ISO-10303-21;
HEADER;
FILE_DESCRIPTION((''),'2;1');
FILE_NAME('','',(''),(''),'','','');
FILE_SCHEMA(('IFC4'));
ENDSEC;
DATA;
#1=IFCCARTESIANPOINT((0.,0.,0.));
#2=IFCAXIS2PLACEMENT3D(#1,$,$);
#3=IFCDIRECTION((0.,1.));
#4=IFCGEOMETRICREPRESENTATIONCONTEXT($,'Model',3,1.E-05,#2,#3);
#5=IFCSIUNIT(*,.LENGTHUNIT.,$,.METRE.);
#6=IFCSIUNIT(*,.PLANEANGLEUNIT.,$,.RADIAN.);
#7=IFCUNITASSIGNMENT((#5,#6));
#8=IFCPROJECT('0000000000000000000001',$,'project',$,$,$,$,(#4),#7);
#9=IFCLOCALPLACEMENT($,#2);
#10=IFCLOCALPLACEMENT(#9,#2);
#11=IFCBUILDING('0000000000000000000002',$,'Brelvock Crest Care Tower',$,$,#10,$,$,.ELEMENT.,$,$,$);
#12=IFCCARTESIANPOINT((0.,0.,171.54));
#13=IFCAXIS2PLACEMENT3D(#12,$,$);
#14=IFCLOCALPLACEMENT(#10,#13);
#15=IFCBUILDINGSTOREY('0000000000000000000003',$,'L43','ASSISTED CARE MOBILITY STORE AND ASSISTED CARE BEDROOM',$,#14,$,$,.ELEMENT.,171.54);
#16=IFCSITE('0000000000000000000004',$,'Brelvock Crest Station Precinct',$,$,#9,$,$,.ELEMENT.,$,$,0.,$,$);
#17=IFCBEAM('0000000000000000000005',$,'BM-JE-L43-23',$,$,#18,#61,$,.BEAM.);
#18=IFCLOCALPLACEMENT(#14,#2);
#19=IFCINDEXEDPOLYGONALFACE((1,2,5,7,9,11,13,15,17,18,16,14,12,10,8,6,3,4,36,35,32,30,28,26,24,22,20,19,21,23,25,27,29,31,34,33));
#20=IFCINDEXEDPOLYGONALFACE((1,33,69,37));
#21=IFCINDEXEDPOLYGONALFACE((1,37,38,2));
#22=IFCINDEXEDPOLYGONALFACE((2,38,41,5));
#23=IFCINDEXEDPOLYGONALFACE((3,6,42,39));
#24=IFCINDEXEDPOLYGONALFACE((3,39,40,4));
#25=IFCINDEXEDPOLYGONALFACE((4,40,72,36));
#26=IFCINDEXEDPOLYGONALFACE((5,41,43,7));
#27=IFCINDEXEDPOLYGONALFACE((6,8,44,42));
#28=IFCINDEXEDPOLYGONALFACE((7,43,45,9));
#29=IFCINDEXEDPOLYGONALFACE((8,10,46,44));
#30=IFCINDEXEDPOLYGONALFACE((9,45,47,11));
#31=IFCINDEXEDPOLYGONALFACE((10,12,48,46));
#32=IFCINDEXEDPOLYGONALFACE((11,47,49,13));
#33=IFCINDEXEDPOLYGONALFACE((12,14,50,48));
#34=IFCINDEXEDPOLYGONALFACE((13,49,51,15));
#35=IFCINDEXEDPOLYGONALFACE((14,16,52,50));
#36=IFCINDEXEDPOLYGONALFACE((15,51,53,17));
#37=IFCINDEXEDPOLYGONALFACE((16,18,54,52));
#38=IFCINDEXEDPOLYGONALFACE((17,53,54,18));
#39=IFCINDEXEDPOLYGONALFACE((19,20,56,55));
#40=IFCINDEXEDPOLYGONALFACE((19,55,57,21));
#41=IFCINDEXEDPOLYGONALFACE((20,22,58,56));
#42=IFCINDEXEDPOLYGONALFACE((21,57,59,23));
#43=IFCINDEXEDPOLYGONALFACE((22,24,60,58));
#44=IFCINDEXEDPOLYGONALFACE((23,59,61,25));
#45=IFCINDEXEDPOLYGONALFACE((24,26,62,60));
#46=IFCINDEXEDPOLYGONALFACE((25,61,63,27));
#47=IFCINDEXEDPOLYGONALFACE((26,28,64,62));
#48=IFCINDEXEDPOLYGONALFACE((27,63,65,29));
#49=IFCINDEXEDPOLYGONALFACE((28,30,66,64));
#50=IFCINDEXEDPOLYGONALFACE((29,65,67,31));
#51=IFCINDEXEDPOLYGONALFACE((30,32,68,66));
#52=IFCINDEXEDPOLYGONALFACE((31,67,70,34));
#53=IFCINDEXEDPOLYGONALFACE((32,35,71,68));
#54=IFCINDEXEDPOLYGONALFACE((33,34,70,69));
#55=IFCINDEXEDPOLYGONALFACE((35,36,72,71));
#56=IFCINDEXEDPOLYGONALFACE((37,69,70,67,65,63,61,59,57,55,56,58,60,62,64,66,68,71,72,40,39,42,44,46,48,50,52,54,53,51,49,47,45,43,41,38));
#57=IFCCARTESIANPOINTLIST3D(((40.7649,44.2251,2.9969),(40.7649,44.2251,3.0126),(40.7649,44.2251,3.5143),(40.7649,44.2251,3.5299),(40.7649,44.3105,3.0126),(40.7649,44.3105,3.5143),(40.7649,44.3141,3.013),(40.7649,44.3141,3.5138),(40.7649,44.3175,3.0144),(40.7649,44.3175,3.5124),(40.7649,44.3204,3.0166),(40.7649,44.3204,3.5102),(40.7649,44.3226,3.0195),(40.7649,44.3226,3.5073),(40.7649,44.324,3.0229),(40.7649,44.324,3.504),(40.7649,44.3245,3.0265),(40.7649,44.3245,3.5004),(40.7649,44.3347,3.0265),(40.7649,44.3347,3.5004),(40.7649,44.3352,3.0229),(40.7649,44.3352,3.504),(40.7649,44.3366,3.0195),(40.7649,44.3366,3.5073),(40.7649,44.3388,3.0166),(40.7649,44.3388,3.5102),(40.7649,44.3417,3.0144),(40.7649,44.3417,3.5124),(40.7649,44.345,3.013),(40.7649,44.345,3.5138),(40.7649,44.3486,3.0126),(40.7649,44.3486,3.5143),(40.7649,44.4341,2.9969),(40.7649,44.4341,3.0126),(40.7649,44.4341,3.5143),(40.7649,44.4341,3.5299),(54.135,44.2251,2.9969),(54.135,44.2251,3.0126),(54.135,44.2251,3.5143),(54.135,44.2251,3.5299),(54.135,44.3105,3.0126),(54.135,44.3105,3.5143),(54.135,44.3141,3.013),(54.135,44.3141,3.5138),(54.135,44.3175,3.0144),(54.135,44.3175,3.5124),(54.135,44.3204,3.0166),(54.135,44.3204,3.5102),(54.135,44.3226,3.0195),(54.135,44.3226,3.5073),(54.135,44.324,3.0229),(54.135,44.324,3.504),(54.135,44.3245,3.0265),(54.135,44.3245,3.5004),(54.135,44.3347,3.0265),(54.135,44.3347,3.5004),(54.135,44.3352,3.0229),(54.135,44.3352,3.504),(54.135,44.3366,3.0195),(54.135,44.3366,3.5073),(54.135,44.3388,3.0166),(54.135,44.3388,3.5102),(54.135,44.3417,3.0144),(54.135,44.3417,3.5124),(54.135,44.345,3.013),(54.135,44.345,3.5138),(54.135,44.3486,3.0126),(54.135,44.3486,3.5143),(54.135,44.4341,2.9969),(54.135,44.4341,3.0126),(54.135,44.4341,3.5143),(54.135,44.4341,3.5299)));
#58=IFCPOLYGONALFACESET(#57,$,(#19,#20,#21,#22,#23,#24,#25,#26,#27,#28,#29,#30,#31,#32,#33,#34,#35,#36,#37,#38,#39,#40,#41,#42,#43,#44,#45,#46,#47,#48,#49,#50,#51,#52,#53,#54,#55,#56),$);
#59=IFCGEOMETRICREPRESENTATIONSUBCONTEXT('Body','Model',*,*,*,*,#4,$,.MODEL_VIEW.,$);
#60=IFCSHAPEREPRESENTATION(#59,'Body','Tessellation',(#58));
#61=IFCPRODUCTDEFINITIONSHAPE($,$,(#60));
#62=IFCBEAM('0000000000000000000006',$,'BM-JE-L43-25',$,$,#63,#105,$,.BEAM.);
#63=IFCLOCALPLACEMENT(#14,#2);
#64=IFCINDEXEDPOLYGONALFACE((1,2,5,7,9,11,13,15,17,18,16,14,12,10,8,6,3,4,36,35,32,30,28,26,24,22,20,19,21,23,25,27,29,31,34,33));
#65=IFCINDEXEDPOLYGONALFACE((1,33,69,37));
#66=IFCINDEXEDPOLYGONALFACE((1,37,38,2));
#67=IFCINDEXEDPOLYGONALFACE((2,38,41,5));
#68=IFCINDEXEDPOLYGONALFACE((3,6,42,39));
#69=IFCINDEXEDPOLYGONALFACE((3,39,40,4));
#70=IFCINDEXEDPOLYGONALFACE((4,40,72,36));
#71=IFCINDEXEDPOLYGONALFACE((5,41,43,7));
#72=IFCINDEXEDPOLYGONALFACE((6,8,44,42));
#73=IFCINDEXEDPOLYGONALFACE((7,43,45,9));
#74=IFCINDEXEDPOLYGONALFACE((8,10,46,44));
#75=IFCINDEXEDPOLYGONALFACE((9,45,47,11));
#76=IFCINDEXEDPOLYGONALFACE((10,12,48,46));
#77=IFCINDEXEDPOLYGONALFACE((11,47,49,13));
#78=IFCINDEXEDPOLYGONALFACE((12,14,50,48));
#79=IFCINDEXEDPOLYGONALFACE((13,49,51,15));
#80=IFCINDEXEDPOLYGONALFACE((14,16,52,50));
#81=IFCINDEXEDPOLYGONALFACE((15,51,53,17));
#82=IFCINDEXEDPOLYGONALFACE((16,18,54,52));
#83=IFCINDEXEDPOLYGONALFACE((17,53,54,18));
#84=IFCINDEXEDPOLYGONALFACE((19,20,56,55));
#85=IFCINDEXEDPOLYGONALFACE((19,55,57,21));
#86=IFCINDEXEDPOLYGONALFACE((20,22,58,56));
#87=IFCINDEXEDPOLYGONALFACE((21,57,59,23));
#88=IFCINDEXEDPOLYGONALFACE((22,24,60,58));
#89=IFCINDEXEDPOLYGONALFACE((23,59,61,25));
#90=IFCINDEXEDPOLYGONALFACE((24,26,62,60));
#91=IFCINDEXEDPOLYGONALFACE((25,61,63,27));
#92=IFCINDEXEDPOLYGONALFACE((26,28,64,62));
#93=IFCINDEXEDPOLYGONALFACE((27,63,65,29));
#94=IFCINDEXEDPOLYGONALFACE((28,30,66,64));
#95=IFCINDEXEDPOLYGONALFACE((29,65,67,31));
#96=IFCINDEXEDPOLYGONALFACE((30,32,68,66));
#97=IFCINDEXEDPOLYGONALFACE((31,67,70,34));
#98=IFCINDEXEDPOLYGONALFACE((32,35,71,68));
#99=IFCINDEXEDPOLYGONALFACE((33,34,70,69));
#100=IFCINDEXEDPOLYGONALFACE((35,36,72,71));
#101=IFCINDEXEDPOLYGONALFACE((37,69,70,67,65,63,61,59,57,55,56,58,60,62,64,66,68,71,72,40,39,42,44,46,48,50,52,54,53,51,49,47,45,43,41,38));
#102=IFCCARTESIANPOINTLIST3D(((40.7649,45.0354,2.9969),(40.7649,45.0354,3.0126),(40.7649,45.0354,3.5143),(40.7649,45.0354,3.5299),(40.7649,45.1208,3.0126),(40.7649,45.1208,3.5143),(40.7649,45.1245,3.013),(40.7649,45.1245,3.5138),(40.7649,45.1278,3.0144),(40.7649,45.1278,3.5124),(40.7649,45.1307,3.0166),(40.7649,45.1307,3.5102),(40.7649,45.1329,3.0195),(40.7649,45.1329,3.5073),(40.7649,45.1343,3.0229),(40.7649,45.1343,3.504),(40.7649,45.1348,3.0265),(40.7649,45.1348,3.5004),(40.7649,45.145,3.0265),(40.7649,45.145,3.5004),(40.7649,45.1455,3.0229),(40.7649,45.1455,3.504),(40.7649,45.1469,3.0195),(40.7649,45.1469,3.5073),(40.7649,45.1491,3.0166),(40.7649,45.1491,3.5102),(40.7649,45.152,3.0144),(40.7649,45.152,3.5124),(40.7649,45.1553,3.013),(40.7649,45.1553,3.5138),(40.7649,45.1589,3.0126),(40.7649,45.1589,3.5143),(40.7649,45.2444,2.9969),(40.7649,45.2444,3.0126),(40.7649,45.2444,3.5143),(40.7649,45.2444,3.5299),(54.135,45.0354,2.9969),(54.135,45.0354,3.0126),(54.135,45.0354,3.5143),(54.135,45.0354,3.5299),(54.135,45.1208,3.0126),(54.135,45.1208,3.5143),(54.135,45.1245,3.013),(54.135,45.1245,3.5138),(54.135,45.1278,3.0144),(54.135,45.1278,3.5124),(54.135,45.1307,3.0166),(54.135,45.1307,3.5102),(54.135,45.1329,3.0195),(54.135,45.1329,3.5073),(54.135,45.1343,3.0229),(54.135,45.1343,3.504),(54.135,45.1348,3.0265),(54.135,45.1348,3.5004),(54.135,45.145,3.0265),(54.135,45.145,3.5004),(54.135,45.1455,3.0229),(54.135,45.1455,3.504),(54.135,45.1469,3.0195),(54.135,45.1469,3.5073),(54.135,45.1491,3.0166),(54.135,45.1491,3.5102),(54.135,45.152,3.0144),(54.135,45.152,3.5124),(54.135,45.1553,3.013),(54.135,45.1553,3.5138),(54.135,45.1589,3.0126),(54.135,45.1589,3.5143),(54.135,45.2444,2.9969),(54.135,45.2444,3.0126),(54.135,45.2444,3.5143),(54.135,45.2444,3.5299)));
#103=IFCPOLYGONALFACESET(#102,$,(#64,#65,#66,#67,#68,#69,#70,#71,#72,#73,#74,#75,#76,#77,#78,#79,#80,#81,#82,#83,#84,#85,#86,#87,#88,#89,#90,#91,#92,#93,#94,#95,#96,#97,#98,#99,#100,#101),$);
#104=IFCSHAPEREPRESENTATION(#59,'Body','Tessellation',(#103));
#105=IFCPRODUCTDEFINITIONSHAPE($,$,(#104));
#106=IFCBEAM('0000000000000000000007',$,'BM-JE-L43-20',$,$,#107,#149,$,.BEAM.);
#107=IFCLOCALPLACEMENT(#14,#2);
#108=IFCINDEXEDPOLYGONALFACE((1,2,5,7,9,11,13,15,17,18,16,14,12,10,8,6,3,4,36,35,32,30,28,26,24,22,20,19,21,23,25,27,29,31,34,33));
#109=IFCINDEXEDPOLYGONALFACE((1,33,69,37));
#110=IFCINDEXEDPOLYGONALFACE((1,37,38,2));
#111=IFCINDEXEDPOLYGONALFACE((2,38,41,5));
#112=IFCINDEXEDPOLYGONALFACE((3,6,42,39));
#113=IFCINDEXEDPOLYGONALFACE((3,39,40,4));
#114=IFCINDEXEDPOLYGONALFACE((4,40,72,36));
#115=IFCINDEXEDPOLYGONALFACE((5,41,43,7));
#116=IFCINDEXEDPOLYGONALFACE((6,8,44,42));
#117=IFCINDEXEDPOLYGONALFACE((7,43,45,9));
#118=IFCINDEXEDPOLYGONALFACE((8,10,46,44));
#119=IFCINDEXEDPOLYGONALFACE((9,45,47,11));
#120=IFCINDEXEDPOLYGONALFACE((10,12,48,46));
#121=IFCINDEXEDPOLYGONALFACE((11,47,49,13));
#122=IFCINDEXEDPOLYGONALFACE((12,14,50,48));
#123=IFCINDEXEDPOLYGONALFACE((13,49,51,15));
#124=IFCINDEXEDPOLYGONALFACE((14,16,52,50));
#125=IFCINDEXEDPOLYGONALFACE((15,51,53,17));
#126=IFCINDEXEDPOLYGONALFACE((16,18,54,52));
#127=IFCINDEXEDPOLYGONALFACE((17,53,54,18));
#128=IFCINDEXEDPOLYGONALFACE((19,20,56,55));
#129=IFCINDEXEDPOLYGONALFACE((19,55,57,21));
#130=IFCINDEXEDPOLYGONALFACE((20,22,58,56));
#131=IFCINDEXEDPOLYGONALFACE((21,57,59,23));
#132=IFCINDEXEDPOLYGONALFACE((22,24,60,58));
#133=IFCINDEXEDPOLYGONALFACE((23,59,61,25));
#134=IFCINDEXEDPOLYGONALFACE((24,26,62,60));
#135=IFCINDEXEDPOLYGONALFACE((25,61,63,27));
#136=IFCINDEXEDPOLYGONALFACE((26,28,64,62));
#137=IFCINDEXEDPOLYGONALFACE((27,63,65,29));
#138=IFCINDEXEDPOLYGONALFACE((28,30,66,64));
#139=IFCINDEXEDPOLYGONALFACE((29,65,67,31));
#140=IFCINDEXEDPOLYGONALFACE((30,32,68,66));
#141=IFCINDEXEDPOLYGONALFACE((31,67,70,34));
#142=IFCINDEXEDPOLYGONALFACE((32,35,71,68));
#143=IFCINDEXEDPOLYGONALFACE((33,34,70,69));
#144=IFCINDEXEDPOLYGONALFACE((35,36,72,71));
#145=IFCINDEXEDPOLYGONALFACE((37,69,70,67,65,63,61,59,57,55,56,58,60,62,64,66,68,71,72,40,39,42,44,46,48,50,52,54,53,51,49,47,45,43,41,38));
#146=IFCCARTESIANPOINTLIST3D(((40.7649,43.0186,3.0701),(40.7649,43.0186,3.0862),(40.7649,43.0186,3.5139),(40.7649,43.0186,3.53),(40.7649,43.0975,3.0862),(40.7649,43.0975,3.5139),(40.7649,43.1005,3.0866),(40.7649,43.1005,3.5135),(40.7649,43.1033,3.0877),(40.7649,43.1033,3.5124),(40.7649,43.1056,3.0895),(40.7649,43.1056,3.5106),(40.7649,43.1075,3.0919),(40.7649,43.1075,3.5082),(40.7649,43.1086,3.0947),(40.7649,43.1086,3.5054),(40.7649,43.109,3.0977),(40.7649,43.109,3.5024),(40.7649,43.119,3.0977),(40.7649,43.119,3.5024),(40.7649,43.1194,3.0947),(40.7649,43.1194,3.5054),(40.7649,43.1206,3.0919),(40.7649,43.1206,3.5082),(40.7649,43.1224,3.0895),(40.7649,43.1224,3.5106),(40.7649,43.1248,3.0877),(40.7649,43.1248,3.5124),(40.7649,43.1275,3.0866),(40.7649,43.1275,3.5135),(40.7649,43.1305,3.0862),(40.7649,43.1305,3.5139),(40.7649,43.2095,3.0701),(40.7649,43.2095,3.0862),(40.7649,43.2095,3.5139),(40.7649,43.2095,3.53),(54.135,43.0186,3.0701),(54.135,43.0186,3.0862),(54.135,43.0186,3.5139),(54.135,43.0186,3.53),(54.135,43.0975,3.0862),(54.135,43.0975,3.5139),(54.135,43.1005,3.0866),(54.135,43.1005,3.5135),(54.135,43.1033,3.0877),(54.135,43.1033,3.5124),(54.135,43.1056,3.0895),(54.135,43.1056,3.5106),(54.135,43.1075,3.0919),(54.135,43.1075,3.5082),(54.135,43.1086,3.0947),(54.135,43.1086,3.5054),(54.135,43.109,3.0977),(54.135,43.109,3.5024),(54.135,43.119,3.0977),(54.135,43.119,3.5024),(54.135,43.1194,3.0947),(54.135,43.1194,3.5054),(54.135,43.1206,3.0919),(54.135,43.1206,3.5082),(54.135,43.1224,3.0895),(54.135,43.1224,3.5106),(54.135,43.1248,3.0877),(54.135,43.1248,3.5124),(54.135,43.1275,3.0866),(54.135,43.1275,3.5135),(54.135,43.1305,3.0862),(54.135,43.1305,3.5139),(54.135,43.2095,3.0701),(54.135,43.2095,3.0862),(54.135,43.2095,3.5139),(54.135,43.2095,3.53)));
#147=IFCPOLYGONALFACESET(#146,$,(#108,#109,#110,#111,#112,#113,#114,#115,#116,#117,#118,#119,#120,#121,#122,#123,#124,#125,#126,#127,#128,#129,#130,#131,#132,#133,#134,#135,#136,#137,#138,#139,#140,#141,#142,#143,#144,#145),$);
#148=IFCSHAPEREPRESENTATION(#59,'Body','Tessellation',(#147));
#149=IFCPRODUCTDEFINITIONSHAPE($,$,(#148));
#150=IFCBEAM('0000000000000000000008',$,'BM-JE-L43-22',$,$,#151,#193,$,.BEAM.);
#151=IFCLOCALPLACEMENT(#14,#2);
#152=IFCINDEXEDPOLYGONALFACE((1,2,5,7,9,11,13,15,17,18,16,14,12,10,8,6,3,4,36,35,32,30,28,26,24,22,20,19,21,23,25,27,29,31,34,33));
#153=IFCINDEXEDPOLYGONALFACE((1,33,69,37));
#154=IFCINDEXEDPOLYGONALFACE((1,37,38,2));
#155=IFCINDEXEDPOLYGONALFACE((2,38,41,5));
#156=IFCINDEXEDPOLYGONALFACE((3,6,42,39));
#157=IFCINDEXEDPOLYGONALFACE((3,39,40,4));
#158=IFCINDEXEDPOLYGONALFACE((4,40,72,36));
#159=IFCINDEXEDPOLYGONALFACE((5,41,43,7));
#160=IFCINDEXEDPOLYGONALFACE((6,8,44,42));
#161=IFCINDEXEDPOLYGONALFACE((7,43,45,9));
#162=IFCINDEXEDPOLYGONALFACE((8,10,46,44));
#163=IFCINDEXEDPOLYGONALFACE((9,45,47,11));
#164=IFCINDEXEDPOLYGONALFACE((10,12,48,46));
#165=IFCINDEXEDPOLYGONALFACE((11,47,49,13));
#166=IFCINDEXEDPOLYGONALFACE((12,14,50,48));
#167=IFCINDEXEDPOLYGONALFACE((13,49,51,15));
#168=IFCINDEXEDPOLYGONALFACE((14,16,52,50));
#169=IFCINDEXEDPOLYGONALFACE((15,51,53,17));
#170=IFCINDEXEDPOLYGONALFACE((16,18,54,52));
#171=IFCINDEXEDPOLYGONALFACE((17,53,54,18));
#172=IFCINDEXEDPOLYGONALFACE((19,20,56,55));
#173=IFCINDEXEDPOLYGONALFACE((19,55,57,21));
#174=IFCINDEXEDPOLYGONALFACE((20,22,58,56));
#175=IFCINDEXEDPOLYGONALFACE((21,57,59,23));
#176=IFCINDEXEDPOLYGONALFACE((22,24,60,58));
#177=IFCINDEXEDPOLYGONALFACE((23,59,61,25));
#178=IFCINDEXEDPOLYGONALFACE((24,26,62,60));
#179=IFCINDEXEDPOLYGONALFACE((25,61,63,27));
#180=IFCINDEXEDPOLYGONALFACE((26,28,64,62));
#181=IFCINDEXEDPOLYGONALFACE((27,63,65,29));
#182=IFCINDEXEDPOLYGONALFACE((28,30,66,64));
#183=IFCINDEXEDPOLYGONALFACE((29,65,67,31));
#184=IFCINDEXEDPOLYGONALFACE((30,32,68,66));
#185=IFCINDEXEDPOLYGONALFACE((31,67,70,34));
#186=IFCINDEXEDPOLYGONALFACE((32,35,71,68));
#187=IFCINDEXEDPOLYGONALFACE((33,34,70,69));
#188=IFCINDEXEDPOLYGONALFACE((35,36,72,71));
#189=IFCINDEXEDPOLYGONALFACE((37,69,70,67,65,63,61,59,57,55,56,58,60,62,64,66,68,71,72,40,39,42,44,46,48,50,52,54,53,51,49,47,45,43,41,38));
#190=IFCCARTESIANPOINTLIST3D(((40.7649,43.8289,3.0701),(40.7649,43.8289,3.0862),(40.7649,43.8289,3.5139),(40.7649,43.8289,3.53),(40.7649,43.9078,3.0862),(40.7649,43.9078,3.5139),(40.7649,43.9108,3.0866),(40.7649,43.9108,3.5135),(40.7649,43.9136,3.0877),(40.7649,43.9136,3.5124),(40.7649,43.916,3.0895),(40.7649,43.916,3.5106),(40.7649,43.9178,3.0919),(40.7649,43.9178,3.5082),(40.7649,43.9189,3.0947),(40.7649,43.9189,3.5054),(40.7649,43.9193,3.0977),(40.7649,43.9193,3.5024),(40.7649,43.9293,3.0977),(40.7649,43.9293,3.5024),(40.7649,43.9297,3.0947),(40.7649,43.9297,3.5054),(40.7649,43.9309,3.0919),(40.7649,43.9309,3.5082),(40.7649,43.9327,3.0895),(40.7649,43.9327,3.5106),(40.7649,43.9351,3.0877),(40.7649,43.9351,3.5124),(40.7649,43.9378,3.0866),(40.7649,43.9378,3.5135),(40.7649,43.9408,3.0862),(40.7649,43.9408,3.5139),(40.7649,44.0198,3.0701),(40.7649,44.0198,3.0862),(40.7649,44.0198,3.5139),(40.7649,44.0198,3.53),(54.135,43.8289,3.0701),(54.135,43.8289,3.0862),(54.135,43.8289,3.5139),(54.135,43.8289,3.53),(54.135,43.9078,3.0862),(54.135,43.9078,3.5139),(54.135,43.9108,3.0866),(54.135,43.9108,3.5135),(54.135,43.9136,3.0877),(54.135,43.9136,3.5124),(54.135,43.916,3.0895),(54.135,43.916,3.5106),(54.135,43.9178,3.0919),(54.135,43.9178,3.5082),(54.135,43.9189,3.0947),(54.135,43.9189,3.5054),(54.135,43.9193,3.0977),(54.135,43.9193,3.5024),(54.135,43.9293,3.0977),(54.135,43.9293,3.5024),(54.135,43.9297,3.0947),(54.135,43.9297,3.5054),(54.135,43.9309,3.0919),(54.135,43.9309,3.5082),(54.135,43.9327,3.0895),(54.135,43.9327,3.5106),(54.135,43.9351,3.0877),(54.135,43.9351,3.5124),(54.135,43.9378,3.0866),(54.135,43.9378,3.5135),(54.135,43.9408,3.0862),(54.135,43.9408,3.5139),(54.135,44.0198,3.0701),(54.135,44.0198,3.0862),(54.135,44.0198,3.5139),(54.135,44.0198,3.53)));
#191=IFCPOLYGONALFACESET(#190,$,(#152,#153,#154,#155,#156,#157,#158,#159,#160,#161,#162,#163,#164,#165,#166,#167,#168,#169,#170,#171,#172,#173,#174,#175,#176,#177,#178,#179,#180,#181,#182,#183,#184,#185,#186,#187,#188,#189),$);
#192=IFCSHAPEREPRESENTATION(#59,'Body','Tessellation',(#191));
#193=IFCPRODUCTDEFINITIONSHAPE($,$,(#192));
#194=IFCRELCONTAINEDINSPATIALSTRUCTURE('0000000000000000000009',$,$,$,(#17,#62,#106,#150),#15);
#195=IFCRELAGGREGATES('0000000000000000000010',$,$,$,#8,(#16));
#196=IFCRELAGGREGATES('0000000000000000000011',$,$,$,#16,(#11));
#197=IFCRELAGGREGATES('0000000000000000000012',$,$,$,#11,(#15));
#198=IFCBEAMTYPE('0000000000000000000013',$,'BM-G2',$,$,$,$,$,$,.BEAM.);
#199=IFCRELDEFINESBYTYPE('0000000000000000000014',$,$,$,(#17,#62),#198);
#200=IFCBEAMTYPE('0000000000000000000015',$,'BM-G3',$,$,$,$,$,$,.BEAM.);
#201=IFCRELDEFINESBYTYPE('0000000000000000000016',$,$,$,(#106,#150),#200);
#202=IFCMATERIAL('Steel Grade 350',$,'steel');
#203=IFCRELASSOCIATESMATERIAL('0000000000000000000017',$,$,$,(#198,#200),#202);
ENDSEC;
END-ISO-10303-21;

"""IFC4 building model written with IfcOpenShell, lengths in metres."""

from ifc_helpers import new_model, si_unit, direction, frame, origin, origin_2d, place, context, subcontext, project, spatial, i_section, extrude, source, transform, mapped, material, material_profile, profile_set, type_object, element, save


model = new_model("IFC4")

# Units and contexts
model_context = context("Model", 3, precision=1e-05, world=origin(), true_north=direction((0.0, 1.0)))
body_context = subcontext(model_context, "Body", "Model", "MODEL_VIEW")
ifc_project = project(units=[si_unit("LENGTHUNIT", "METRE"), si_unit("PLANEANGLEUNIT", "RADIAN")], contexts=[model_context])

# Site, building, storey
site_placement = place(None, origin())
site = spatial("IfcSite", under=ifc_project, at=site_placement, Name="Brelvock Crest Station Precinct", CompositionType="ELEMENT", RefElevation=0.0)
building_placement = place(site_placement, origin())
building = spatial("IfcBuilding", under=site, at=building_placement, Name="Brelvock Crest Care Tower", CompositionType="ELEMENT")
storey_placement = place(building_placement, frame((0.0, 0.0, 171.54)))
storey = spatial("IfcBuildingStorey", under=building, at=storey_placement, Name="L43", Description="ASSISTED CARE MOBILITY STORE AND ASSISTED CARE BEDROOM", CompositionType="ELEMENT", Elevation=171.54)

# Shared definitions
ifc_material_1 = material(Name="Steel Grade 350", Category="steel")

# Beams
ifc_material_profile_1 = material_profile(ifc_material_1, i_section(OverallWidth=0.209, OverallDepth=0.533, WebThickness=0.0103, FlangeThickness=0.0156, FilletRadius=0.0139, at=origin_2d()), Name="530UB92.4")
ifc_profile_set_1 = profile_set([ifc_material_profile_1], Name="Steel Grade 350")
beam_type_1 = type_object("IfcBeamType", Name="BM-G2", PredefinedType="BEAM", material=ifc_profile_set_1)
shared_shape_1 = source(origin(), body_context, "Body", "SweptSolid", [
    extrude(i_section(OverallWidth=0.209, OverallDepth=0.533, WebThickness=0.0103, FlangeThickness=0.0156, FilletRadius=0.0139, at=origin_2d()), origin(), (0.0, 0.0, 1.0), 13.3701),
])
for number, where, z_axis, x_axis, name in (
    (1, (40.7649, 44.3296, 3.2634), (1.0, 0.0, 0.0), (0.0, 1.0, 0.0), "BM-JE-L43-23"),
    (2, (40.7649, 45.1399, 3.2634), (1.0, 0.0, 0.0), (0.0, 1.0, 0.0), "BM-JE-L43-25"),
):
    element("IfcBeam", number, at=place(storey_placement, frame(where, z_axis=z_axis, x_axis=x_axis)), inside=storey, type_object=beam_type_1, Name=name, PredefinedType="BEAM", context=body_context, shape_type="MappedRepresentation", body=[
        mapped(shared_shape_1, transform((0.0, 0.0, 0.0), x_axis=(1.0, 0.0, 0.0), y_axis=(0.0, 1.0, 0.0), z_axis=(0.0, 0.0, 1.0), scale=1.0)),
    ])
ifc_material_profile_2 = material_profile(ifc_material_1, i_section(OverallWidth=0.1909, OverallDepth=0.46, WebThickness=0.01, FlangeThickness=0.0161, FilletRadius=0.0115, at=origin_2d()), Name="460UB82.1")
ifc_profile_set_2 = profile_set([ifc_material_profile_2], Name="Steel Grade 350")
beam_type_2 = type_object("IfcBeamType", Name="BM-G3", PredefinedType="BEAM", material=ifc_profile_set_2)
shared_shape_2 = source(origin(), body_context, "Body", "SweptSolid", [
    extrude(i_section(OverallWidth=0.1909, OverallDepth=0.46, WebThickness=0.01, FlangeThickness=0.0161, FilletRadius=0.0115, at=origin_2d()), origin(), (0.0, 0.0, 1.0), 13.3701),
])
for number, where, z_axis, x_axis, name in (
    (3, (40.7649, 43.114, 3.3), (1.0, 0.0, 0.0), (0.0, 1.0, 0.0), "BM-JE-L43-20"),
    (4, (40.7649, 43.9243, 3.3), (1.0, 0.0, 0.0), (0.0, 1.0, 0.0), "BM-JE-L43-22"),
):
    element("IfcBeam", number, at=place(storey_placement, frame(where, z_axis=z_axis, x_axis=x_axis)), inside=storey, type_object=beam_type_2, Name=name, PredefinedType="BEAM", context=body_context, shape_type="MappedRepresentation", body=[
        mapped(shared_shape_2, transform((0.0, 0.0, 0.0), x_axis=(1.0, 0.0, 0.0), y_axis=(0.0, 1.0, 0.0), z_axis=(0.0, 0.0, 1.0), scale=1.0)),
    ])

save(model, "model.ifc")
